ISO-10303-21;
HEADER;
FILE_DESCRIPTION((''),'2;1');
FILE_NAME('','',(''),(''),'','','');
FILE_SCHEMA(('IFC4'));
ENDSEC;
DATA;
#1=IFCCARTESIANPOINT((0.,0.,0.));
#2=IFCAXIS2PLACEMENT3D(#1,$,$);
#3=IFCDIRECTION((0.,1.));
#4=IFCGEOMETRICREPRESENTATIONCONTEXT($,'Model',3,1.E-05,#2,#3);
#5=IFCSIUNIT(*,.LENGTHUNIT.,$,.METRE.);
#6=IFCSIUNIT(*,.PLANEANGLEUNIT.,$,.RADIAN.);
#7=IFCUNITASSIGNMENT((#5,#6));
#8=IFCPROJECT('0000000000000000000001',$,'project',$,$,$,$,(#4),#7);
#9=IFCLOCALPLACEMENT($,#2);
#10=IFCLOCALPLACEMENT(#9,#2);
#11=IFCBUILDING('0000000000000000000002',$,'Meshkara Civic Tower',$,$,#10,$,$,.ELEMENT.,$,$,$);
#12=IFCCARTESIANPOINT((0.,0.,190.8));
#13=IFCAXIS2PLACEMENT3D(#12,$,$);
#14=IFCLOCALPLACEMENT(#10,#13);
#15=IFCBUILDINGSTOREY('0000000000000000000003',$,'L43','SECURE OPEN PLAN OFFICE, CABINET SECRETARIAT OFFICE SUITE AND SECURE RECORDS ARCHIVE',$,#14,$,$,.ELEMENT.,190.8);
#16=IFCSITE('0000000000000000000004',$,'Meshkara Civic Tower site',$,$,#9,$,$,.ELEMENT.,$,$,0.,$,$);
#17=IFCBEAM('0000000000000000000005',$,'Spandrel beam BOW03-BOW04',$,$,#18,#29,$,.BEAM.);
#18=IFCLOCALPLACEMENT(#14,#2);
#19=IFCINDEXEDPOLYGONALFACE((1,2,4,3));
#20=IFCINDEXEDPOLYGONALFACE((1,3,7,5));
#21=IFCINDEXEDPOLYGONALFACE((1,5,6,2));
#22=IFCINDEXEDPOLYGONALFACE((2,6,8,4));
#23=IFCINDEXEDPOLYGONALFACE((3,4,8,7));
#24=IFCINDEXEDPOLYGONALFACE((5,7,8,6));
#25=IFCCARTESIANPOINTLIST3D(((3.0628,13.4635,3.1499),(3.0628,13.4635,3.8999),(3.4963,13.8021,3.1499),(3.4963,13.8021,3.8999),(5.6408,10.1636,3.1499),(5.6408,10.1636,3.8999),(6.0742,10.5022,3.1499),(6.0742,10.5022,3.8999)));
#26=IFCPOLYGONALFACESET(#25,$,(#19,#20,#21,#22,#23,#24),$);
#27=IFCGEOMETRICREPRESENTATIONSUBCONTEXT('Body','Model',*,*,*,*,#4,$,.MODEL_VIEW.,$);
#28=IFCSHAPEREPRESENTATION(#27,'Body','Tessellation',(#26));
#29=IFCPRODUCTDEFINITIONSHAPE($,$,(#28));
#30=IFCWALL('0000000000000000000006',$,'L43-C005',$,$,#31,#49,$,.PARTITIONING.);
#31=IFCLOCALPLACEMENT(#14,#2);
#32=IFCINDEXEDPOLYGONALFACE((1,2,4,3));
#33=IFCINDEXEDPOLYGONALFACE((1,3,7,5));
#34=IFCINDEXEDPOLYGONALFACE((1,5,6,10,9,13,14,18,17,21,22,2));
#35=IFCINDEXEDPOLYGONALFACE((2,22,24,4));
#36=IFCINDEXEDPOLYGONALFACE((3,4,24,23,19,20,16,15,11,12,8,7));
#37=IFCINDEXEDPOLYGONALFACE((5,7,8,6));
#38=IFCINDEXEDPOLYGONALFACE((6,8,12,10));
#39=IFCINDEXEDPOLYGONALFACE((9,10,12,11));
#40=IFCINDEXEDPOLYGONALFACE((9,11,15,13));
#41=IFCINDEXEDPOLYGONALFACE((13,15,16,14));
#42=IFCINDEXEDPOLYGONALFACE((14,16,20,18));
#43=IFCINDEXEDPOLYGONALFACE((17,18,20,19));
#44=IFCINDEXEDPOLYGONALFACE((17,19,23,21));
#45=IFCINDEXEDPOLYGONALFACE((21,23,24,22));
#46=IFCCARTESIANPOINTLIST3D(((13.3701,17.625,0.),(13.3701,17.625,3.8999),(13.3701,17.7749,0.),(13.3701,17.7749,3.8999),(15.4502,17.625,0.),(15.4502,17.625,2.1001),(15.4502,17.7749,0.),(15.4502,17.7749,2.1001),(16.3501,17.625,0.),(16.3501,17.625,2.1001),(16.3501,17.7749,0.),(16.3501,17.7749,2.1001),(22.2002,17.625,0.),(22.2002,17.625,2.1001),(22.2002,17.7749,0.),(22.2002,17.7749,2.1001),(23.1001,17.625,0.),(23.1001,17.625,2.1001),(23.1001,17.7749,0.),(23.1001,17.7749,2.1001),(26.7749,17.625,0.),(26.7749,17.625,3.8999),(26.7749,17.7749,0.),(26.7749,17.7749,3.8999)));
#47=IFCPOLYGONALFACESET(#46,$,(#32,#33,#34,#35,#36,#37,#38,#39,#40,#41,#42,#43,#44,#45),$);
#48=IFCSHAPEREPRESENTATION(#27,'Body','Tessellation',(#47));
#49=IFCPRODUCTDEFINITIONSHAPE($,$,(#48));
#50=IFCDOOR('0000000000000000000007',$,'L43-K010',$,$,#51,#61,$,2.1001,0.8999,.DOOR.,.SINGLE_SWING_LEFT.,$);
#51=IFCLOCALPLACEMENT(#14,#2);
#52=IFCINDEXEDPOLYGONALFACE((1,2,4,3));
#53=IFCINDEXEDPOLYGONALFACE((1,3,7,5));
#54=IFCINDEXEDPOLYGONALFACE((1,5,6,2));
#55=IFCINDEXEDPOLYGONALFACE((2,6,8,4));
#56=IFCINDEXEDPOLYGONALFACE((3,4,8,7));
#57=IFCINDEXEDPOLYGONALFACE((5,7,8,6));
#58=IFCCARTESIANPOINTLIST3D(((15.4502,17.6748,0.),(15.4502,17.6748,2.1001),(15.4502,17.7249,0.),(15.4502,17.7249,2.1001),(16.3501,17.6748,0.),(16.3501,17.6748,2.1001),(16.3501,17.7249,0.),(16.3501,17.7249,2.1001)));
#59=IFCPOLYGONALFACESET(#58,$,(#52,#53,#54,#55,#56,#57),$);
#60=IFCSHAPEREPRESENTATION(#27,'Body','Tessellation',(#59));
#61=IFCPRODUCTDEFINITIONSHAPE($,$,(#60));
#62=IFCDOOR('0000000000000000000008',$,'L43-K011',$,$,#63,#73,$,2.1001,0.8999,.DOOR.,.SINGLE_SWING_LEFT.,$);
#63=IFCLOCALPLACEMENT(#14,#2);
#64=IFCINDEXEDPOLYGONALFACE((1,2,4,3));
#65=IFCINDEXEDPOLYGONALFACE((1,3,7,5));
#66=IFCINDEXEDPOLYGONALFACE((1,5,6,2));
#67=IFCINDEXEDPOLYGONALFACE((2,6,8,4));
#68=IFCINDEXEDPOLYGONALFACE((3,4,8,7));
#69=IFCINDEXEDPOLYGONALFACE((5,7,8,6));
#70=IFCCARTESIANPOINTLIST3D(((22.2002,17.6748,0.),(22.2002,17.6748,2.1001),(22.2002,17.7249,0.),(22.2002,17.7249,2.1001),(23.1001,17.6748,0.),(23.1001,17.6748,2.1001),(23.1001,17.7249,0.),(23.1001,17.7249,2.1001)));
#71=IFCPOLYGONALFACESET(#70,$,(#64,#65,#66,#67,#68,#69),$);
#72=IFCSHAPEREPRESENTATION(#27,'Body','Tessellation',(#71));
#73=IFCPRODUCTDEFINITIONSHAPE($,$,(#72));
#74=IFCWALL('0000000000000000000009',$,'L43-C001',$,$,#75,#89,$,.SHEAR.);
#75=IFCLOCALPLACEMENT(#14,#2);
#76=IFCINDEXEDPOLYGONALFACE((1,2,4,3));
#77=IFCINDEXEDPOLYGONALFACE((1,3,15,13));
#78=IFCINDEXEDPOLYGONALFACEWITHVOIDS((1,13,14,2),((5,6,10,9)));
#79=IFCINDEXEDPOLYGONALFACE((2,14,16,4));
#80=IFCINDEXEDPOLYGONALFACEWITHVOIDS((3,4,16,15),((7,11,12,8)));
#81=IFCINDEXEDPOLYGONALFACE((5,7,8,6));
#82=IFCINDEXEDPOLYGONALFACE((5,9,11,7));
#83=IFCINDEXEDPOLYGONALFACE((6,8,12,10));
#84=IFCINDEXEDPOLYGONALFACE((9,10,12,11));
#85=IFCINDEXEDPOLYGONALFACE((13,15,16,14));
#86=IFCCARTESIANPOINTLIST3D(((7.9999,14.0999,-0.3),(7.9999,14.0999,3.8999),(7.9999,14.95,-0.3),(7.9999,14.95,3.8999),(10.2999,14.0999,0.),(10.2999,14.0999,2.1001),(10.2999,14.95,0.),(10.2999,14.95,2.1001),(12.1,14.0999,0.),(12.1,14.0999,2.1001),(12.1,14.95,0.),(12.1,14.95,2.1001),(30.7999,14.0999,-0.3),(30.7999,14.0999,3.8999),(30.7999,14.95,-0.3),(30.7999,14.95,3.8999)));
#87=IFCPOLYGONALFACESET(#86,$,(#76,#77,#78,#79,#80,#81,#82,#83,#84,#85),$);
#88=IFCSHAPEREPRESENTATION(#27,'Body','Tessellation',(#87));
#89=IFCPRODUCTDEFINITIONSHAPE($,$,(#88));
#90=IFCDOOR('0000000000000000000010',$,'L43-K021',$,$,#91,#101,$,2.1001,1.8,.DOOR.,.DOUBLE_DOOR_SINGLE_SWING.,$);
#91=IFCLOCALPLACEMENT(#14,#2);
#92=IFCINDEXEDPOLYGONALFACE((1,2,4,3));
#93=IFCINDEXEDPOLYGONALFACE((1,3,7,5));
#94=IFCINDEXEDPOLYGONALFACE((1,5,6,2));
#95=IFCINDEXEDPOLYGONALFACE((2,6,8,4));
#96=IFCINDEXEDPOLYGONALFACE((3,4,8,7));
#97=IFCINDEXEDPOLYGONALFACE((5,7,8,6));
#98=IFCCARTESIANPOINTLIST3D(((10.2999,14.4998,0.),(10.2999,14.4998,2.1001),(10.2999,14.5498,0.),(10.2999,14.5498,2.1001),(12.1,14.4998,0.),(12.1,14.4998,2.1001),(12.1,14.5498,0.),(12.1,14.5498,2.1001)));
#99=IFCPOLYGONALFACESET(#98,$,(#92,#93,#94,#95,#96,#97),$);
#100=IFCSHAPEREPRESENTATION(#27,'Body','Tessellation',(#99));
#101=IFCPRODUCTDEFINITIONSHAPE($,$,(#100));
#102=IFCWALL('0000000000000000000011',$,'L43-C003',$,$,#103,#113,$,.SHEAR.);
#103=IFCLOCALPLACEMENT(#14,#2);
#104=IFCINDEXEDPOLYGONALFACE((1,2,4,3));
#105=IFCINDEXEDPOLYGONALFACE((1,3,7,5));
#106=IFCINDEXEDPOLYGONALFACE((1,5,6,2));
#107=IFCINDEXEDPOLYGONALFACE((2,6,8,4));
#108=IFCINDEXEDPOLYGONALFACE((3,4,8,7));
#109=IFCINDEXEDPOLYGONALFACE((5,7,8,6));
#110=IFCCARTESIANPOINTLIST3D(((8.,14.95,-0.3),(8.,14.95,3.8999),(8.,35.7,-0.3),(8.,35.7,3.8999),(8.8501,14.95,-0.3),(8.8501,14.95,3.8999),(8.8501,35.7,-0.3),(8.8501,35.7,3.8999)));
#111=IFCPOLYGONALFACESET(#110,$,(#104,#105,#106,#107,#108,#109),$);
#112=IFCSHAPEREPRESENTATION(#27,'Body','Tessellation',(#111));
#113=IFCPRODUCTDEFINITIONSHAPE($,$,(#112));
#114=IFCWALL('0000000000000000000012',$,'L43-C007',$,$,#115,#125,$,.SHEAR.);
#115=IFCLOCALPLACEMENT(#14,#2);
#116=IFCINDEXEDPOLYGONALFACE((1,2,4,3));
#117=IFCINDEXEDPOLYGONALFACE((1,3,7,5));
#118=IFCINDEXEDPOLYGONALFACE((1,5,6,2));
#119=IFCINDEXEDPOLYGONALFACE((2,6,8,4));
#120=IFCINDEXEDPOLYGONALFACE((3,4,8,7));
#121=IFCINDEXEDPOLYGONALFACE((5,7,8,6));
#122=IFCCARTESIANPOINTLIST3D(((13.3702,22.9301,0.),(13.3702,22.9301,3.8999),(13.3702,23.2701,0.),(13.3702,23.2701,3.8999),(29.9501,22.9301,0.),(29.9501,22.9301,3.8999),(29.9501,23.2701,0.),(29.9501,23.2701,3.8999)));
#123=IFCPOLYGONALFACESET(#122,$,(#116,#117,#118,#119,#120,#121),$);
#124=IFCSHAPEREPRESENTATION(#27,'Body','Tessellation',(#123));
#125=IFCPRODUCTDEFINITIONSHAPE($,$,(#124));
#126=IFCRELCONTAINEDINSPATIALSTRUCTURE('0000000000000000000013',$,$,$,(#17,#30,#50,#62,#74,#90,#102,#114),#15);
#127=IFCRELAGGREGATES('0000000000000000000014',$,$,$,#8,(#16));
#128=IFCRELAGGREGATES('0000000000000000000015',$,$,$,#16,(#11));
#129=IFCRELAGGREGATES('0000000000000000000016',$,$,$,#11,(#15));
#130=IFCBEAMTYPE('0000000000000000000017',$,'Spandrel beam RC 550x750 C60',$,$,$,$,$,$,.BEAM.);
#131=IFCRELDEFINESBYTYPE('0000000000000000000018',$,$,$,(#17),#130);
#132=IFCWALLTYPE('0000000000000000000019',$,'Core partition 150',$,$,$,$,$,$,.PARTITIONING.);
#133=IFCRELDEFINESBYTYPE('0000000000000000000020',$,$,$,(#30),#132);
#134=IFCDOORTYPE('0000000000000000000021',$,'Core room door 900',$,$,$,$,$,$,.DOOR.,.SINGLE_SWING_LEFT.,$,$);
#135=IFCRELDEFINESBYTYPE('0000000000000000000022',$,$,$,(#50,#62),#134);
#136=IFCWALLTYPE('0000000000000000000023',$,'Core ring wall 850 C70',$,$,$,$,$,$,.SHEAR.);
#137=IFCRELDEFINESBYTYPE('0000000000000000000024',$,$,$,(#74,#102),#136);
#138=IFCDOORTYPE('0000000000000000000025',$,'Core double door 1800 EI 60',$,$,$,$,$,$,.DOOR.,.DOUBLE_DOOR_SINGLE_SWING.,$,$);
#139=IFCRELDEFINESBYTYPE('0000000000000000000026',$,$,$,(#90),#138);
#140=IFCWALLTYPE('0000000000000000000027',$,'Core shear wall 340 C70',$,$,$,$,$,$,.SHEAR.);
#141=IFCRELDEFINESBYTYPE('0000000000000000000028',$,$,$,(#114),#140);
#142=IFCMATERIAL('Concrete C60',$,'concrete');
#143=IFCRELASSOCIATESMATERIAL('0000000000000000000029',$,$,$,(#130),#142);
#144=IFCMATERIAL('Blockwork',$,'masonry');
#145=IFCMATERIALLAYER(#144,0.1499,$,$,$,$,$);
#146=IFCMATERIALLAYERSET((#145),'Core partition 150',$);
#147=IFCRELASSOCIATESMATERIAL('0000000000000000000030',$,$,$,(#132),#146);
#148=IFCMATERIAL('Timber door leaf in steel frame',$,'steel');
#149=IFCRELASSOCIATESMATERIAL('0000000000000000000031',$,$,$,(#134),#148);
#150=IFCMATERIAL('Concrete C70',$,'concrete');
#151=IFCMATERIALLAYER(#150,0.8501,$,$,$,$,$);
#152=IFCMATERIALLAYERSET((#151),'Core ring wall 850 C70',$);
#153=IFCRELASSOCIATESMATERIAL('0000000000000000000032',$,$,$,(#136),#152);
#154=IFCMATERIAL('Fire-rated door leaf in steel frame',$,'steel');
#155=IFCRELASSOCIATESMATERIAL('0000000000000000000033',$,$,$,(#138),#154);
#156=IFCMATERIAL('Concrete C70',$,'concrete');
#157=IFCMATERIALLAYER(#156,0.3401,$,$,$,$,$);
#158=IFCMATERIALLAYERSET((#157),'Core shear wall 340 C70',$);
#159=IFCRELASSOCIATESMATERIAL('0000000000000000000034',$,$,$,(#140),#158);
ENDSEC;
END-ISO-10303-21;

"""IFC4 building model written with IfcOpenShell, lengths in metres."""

from ifc_helpers import new_model, si_unit, direction, frame, frame_2d, origin, origin_2d, place, context, subcontext, project, spatial, rectangle, extrude, material, layer, layer_set, material_profile, profile_set, type_object, element, fill, save


model = new_model("IFC4")

# Units and contexts
model_context = context("Model", 3, precision=1e-05, world=origin(), true_north=direction((0.0, 1.0)))
body_context = subcontext(model_context, "Body", "Model", "MODEL_VIEW")
ifc_project = project(units=[si_unit("LENGTHUNIT", "METRE"), si_unit("PLANEANGLEUNIT", "RADIAN")], contexts=[model_context])

# Site, building, storey
site_placement = place(None, origin())
site = spatial("IfcSite", under=ifc_project, at=site_placement, Name="Meshkara Civic Tower site", CompositionType="ELEMENT", RefElevation=0.0)
building_placement = place(site_placement, origin())
building = spatial("IfcBuilding", under=site, at=building_placement, Name="Meshkara Civic Tower", CompositionType="ELEMENT")
storey_placement = place(building_placement, frame((0.0, 0.0, 190.8)))
storey = spatial("IfcBuildingStorey", under=building, at=storey_placement, Name="L43", Description="SECURE OPEN PLAN OFFICE, CABINET SECRETARIAT OFFICE SUITE AND SECURE RECORDS ARCHIVE", CompositionType="ELEMENT", Elevation=190.8)

# Beam
ifc_material_1 = material(Name="Concrete C60", Category="concrete")
ifc_material_profile = material_profile(ifc_material_1, rectangle(XDim=0.55, YDim=0.75, at=origin_2d()))
ifc_profile_set = profile_set([ifc_material_profile], Name="Concrete C60")
beam_type = type_object("IfcBeamType", Name="Spandrel beam RC 550x750 C60", PredefinedType="BEAM", material=ifc_profile_set)
beam_placement = place(storey_placement, frame((3.2795, 13.6328, 3.5249), z_axis=(0.61563, -0.788035, 0.0), x_axis=(0.788035, 0.61563, 0.0)))
element("IfcBeam", 1, at=beam_placement, inside=storey, type_object=beam_type, Name="Spandrel beam BOW03-BOW04", PredefinedType="BEAM", context=body_context, shape_type="SweptSolid", body=[
    extrude(rectangle(XDim=0.55, YDim=0.75, at=origin_2d()), origin(), (0.0, 0.0, 1.0), 4.1875),
])

# Wall, openings, doors
ifc_material_2 = material(Name="Blockwork", Category="masonry")
ifc_layer_1 = layer(ifc_material_2, 0.1499)
ifc_layer_set_1 = layer_set([ifc_layer_1], Name="Core partition 150")
wall_type_1 = type_object("IfcWallType", Name="Core partition 150", PredefinedType="PARTITIONING", material=ifc_layer_set_1)
wall_1_placement = place(storey_placement, frame((13.3701, 17.7, 0.0), z_axis=(0.0, 0.0, 1.0), x_axis=(1.0, 0.0, 0.0)))
wall_1 = element("IfcWall", 2, at=wall_1_placement, inside=storey, type_object=wall_type_1, Name="L43-C005", PredefinedType="PARTITIONING", context=body_context, shape_type="SweptSolid", body=[
    extrude(rectangle(XDim=13.4048, YDim=0.1499, at=frame_2d((6.7024, 0.0))), origin(), (0.0, 0.0, 1.0), 3.8999),
])
opening_1_placement = place(wall_1_placement, frame((2.0801, 0.0, 0.0)))
opening_1 = element("IfcOpeningElement", 3, at=opening_1_placement, cuts=wall_1, PredefinedType="OPENING", context=body_context, shape_type="SweptSolid", body=[
    extrude(rectangle(XDim=0.8999, YDim=2.1001, at=frame_2d((0.45, 1.05))), frame((0.0, 0.085, 0.0), z_axis=(0.0, -1.0, 0.0), x_axis=(1.0, 0.0, 0.0)), (0.0, 0.0, 1.0), 0.1699),
])
opening_2_placement = place(wall_1_placement, frame((8.8301, 0.0, 0.0)))
opening_2 = element("IfcOpeningElement", 4, at=opening_2_placement, cuts=wall_1, PredefinedType="OPENING", context=body_context, shape_type="SweptSolid", body=[
    extrude(rectangle(XDim=0.8999, YDim=2.1001, at=frame_2d((0.45, 1.05))), frame((0.0, 0.085, 0.0), z_axis=(0.0, -1.0, 0.0), x_axis=(1.0, 0.0, 0.0)), (0.0, 0.0, 1.0), 0.1699),
])
ifc_material_3 = material(Name="Timber door leaf in steel frame", Category="steel")
door_type_1 = type_object("IfcDoorType", Name="Core room door 900", OperationType="SINGLE_SWING_LEFT", PredefinedType="DOOR", material=ifc_material_3)
door_1_placement = place(opening_1_placement, origin())
door_1 = element("IfcDoor", 5, at=door_1_placement, inside=storey, type_object=door_type_1, Name="L43-K010", OperationType="SINGLE_SWING_LEFT", OverallHeight=2.1001, OverallWidth=0.8999, PredefinedType="DOOR", context=body_context, shape_type="SweptSolid", body=[
    extrude(rectangle(XDim=0.8999, YDim=2.1001, at=frame_2d((0.45, 1.05))), frame((0.0, 0.0249, 0.0), z_axis=(0.0, -1.0, 0.0), x_axis=(1.0, 0.0, 0.0)), (0.0, 0.0, 1.0), 0.05),
])
fill(opening_1, door_1)
door_2_placement = place(opening_2_placement, origin())
door_2 = element("IfcDoor", 6, at=door_2_placement, inside=storey, type_object=door_type_1, Name="L43-K011", OperationType="SINGLE_SWING_LEFT", OverallHeight=2.1001, OverallWidth=0.8999, PredefinedType="DOOR", context=body_context, shape_type="SweptSolid", body=[
    extrude(rectangle(XDim=0.8999, YDim=2.1001, at=frame_2d((0.45, 1.05))), frame((0.0, 0.0249, 0.0), z_axis=(0.0, -1.0, 0.0), x_axis=(1.0, 0.0, 0.0)), (0.0, 0.0, 1.0), 0.05),
])
fill(opening_2, door_2)

# Wall, opening, door
ifc_material_4 = material(Name="Concrete C70", Category="concrete")
ifc_layer_2 = layer(ifc_material_4, 0.8501)
ifc_layer_set_2 = layer_set([ifc_layer_2], Name="Core ring wall 850 C70")
wall_type_2 = type_object("IfcWallType", Name="Core ring wall 850 C70", PredefinedType="SHEAR", material=ifc_layer_set_2)
wall_2_placement = place(storey_placement, frame((8.0, 14.5249, -0.3), z_axis=(0.0, 0.0, 1.0), x_axis=(1.0, 0.0, 0.0)))
wall_2 = element("IfcWall", 7, at=wall_2_placement, inside=storey, type_object=wall_type_2, Name="L43-C001", PredefinedType="SHEAR", context=body_context, shape_type="SweptSolid", body=[
    extrude(rectangle(XDim=22.8, YDim=0.8501, at=frame_2d((11.3999, 0.0))), origin(), (0.0, 0.0, 1.0), 4.2),
])
opening_3_placement = place(wall_2_placement, frame((2.3, 0.0, 0.3)))
opening_3 = element("IfcOpeningElement", 8, at=opening_3_placement, cuts=wall_2, PredefinedType="OPENING", context=body_context, shape_type="SweptSolid", body=[
    extrude(rectangle(XDim=1.8, YDim=2.1001, at=frame_2d((0.8999, 1.05))), frame((0.0, 0.4351, 0.0), z_axis=(0.0, -1.0, 0.0), x_axis=(1.0, 0.0, 0.0)), (0.0, 0.0, 1.0), 0.8701),
])
ifc_material_5 = material(Name="Fire-rated door leaf in steel frame", Category="steel")
door_type_2 = type_object("IfcDoorType", Name="Core double door 1800 EI 60", OperationType="DOUBLE_DOOR_SINGLE_SWING", PredefinedType="DOOR", material=ifc_material_5)
door_3_placement = place(opening_3_placement, origin())
door_3 = element("IfcDoor", 9, at=door_3_placement, inside=storey, type_object=door_type_2, Name="L43-K021", OperationType="DOUBLE_DOOR_SINGLE_SWING", OverallHeight=2.1001, OverallWidth=1.8, PredefinedType="DOOR", context=body_context, shape_type="SweptSolid", body=[
    extrude(rectangle(XDim=1.8, YDim=2.1001, at=frame_2d((0.8999, 1.05))), frame((0.0, 0.0249, 0.0), z_axis=(0.0, -1.0, 0.0), x_axis=(1.0, 0.0, 0.0)), (0.0, 0.0, 1.0), 0.05),
])
fill(opening_3, door_3)

# Walls
wall_3_placement = place(storey_placement, frame((8.425, 14.95, -0.3), z_axis=(0.0, 0.0, 1.0), x_axis=(0.0, 1.0, 0.0)))
element("IfcWall", 10, at=wall_3_placement, inside=storey, type_object=wall_type_2, Name="L43-C003", PredefinedType="SHEAR", context=body_context, shape_type="SweptSolid", body=[
    extrude(rectangle(XDim=20.75, YDim=0.8501, at=frame_2d((10.375, 0.0))), origin(), (0.0, 0.0, 1.0), 4.2),
])
ifc_material_6 = material(Name="Concrete C70", Category="concrete")
ifc_layer_3 = layer(ifc_material_6, 0.3401)
ifc_layer_set_3 = layer_set([ifc_layer_3], Name="Core shear wall 340 C70")
wall_type_3 = type_object("IfcWallType", Name="Core shear wall 340 C70", PredefinedType="SHEAR", material=ifc_layer_set_3)
wall_4_placement = place(storey_placement, frame((13.3701, 23.1001, 0.0), z_axis=(0.0, 0.0, 1.0), x_axis=(1.0, 0.0, 0.0)))
element("IfcWall", 11, at=wall_4_placement, inside=storey, type_object=wall_type_3, Name="L43-C007", PredefinedType="SHEAR", context=body_context, shape_type="SweptSolid", body=[
    extrude(rectangle(XDim=16.5798, YDim=0.3401, at=frame_2d((8.29, 0.0))), origin(), (0.0, 0.0, 1.0), 3.8999),
])

save(model, "model.ifc")
